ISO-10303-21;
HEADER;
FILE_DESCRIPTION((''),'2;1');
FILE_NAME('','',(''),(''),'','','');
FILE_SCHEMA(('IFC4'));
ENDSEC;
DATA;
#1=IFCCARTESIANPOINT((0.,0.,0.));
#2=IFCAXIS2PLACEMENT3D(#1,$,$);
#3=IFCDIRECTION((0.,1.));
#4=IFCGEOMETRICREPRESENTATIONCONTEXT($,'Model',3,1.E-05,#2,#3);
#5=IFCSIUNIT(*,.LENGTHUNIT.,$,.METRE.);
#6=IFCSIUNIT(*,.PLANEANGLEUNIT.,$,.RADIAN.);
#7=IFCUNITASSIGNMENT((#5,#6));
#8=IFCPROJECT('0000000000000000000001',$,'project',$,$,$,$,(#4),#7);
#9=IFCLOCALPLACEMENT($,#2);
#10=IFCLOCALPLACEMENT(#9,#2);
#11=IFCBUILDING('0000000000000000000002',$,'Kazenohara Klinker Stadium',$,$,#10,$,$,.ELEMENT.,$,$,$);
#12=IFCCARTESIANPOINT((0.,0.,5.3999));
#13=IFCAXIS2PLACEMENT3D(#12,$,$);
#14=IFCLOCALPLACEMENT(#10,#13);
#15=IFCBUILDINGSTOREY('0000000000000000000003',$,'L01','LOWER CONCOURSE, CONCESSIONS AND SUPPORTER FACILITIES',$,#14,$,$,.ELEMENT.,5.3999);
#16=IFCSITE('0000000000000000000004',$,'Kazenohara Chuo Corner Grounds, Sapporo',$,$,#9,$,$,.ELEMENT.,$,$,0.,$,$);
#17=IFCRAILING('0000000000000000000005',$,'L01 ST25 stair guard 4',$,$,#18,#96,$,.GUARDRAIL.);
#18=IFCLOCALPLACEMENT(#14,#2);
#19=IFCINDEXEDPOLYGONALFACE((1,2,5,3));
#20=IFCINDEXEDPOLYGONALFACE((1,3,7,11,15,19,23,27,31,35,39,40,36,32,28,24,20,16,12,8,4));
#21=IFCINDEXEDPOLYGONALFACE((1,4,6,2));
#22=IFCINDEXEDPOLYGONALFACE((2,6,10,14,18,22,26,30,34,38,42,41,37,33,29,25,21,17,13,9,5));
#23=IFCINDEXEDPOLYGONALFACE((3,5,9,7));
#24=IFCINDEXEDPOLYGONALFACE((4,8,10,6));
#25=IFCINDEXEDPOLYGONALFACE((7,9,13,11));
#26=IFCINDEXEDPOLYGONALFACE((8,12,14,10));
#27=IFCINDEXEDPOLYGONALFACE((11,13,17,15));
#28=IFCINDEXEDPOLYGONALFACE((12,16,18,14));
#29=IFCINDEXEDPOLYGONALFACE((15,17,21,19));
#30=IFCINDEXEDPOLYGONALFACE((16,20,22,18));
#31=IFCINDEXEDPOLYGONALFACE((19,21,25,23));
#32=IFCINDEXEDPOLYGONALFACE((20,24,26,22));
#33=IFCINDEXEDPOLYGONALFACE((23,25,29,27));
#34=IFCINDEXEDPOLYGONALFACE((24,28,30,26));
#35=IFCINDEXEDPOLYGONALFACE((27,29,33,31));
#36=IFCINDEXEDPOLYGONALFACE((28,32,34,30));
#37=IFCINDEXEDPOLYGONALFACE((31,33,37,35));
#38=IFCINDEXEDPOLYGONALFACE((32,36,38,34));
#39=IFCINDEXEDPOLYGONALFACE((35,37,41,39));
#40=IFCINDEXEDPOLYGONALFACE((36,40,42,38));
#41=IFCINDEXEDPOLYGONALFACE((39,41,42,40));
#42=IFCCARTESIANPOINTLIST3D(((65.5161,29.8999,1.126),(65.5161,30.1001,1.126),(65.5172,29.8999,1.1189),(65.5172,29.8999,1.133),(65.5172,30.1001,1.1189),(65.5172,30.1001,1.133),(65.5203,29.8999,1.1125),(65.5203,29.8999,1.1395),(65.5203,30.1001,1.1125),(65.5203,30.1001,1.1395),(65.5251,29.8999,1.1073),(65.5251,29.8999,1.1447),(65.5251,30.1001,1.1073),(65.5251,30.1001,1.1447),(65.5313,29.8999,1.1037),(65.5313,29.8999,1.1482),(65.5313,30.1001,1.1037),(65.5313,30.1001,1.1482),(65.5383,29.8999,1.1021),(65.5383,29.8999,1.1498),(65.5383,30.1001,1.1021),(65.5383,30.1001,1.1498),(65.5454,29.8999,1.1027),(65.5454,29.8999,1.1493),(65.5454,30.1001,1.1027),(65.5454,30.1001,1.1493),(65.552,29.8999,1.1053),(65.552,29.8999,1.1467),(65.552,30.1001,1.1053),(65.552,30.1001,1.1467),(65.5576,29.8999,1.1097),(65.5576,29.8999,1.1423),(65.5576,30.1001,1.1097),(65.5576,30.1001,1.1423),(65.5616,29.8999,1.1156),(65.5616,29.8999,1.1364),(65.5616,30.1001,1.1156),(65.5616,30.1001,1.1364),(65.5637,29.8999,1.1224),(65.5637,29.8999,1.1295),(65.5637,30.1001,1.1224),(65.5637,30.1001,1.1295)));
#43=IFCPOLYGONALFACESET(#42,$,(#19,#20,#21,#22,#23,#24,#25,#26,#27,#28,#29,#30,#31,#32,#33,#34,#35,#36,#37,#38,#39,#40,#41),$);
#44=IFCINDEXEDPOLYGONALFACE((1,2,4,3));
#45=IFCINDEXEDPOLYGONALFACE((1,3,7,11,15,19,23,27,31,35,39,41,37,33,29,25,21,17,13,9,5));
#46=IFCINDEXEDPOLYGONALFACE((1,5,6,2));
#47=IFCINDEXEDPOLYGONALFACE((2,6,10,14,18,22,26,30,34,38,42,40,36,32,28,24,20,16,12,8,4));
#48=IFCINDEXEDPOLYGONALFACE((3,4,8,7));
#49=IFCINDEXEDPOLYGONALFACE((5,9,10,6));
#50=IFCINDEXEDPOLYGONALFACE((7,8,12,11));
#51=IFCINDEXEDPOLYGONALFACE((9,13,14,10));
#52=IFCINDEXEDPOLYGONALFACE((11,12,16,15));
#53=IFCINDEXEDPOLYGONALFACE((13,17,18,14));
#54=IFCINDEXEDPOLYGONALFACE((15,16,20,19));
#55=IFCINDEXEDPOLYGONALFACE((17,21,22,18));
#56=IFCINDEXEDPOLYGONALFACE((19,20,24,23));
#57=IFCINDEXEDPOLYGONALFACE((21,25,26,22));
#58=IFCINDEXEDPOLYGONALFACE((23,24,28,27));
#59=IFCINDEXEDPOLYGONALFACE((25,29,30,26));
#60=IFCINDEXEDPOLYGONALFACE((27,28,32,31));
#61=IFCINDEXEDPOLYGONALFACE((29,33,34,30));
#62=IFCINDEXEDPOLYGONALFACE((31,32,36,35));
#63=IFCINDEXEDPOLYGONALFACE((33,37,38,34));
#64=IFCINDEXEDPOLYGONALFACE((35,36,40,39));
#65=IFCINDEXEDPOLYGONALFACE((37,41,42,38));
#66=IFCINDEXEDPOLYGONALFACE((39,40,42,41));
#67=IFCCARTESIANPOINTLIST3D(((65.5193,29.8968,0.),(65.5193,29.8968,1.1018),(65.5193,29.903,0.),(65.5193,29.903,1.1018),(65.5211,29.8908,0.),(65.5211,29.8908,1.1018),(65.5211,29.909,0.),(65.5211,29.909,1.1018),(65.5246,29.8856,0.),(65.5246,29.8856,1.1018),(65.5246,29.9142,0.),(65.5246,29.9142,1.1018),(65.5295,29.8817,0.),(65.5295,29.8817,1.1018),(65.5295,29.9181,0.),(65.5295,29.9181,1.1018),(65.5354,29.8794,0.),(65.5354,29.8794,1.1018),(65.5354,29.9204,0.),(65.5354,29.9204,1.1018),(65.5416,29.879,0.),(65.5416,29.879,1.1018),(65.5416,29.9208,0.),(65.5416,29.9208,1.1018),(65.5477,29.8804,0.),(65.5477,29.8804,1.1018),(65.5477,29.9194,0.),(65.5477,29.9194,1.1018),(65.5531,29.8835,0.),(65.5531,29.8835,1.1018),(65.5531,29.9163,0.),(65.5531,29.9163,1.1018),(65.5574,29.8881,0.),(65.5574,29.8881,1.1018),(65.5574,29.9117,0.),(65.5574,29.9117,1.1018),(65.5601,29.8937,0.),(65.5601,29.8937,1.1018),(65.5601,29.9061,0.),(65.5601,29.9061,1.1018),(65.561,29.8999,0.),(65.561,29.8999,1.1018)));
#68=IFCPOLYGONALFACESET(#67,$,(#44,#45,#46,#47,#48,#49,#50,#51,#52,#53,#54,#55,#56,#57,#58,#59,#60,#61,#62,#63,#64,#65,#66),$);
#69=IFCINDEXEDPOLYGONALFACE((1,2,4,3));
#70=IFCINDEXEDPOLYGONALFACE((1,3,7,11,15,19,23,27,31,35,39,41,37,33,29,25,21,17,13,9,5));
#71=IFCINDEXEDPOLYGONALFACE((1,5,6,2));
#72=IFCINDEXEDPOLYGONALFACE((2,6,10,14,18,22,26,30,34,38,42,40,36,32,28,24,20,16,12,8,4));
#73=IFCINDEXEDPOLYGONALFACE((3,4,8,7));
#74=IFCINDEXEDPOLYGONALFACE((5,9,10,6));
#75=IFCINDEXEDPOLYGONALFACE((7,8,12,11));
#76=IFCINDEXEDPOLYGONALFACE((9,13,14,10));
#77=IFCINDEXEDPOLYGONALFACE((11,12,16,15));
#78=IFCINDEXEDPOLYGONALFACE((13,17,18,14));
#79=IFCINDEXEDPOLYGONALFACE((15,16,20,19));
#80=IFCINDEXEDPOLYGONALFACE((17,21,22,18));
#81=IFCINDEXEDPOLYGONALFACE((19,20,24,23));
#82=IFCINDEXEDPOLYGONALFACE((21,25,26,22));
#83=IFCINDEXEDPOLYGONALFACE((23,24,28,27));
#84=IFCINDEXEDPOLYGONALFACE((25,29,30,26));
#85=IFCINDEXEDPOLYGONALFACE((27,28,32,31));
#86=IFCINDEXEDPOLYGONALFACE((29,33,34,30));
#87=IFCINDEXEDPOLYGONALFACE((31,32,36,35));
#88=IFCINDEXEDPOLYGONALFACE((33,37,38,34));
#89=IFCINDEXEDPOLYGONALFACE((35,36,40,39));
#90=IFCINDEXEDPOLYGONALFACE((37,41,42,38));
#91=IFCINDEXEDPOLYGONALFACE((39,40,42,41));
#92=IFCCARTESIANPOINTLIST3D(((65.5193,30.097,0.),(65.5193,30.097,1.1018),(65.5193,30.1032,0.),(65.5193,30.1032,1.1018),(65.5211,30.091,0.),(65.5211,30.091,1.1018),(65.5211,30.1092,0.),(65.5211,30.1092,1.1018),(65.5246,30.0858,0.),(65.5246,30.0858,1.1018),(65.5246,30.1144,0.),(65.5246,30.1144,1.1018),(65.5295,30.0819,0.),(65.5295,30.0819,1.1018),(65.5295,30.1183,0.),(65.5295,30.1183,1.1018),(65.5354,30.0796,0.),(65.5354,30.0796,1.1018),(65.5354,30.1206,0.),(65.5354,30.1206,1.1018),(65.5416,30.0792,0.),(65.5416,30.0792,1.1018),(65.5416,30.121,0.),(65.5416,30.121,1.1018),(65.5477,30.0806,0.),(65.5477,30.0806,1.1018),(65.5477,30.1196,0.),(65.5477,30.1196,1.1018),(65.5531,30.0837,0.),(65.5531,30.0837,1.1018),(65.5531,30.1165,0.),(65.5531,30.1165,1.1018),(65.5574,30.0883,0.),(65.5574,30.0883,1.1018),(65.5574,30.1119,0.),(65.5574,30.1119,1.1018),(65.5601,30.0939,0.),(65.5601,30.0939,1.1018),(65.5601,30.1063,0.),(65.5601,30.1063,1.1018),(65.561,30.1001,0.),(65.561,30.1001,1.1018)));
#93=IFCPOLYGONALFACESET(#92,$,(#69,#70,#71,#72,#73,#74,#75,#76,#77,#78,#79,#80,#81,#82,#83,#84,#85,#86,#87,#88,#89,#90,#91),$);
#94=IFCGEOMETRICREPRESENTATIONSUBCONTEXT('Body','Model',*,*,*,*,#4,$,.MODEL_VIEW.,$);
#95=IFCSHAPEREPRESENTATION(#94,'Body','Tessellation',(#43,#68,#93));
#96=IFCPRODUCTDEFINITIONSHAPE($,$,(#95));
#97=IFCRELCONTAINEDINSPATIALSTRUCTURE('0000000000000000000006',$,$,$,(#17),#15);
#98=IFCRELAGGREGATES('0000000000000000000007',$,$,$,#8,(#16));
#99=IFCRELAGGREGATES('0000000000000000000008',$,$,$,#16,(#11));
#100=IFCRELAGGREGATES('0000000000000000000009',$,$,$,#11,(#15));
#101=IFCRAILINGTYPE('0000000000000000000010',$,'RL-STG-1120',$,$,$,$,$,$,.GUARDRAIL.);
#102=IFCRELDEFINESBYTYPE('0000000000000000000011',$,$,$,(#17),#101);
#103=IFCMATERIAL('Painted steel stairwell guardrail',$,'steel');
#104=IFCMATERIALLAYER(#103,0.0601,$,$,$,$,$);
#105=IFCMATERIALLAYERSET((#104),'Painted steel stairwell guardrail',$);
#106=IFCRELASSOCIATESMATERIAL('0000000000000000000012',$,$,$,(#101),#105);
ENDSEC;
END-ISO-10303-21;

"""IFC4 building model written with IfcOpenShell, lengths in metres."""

from ifc_helpers import new_model, si_unit, direction, frame, origin, origin_2d, place, context, subcontext, project, spatial, circle, extrude, material, layer, layer_set, type_object, element, save


model = new_model("IFC4")

# Units and contexts
model_context = context("Model", 3, precision=1e-05, world=origin(), true_north=direction((0.0, 1.0)))
body_context = subcontext(model_context, "Body", "Model", "MODEL_VIEW")
ifc_project = project(units=[si_unit("LENGTHUNIT", "METRE"), si_unit("PLANEANGLEUNIT", "RADIAN")], contexts=[model_context])

# Site, building, storey
site_placement = place(None, origin())
site = spatial("IfcSite", under=ifc_project, at=site_placement, Name="Kazenohara Chuo Corner Grounds, Sapporo", CompositionType="ELEMENT", RefElevation=0.0)
building_placement = place(site_placement, origin())
building = spatial("IfcBuilding", under=site, at=building_placement, Name="Kazenohara Klinker Stadium", CompositionType="ELEMENT")
storey_placement = place(building_placement, frame((0.0, 0.0, 5.3999)))
storey = spatial("IfcBuildingStorey", under=building, at=storey_placement, Name="L01", Description="LOWER CONCOURSE, CONCESSIONS AND SUPPORTER FACILITIES", CompositionType="ELEMENT", Elevation=5.3999)

# Railing
ifc_material_1 = material(Name="Painted steel stairwell guardrail", Category="steel")
ifc_layer_1 = layer(ifc_material_1, 0.0601)
ifc_layer_set_1 = layer_set([ifc_layer_1], Name="Painted steel stairwell guardrail")
railing_type_1 = type_object("IfcRailingType", Name="RL-STG-1120", PredefinedType="GUARDRAIL", material=ifc_layer_set_1)
railing_1_placement = place(storey_placement, frame((65.54, 29.8999, 0.0)))
element("IfcRailing", 1, at=railing_1_placement, inside=storey, type_object=railing_type_1, Name="L01 ST25 stair guard 4", PredefinedType="GUARDRAIL", context=body_context, shape_type="SweptSolid", body=[
    extrude(circle(Radius=0.0239, at=origin_2d()), frame((0.0, 0.0, 1.126), z_axis=(0.0, 1.0, 0.0), x_axis=(-1.0, 0.0, 0.0)), (0.0, 0.0, 1.0), 0.2002),
    extrude(circle(Radius=0.021, at=origin_2d()), origin(), (0.0, 0.0, 1.0), 1.1018),
    extrude(circle(Radius=0.021, at=origin_2d()), frame((0.0, 0.2002, 0.0)), (0.0, 0.0, 1.0), 1.1018),
])

save(model, "model.ifc")
